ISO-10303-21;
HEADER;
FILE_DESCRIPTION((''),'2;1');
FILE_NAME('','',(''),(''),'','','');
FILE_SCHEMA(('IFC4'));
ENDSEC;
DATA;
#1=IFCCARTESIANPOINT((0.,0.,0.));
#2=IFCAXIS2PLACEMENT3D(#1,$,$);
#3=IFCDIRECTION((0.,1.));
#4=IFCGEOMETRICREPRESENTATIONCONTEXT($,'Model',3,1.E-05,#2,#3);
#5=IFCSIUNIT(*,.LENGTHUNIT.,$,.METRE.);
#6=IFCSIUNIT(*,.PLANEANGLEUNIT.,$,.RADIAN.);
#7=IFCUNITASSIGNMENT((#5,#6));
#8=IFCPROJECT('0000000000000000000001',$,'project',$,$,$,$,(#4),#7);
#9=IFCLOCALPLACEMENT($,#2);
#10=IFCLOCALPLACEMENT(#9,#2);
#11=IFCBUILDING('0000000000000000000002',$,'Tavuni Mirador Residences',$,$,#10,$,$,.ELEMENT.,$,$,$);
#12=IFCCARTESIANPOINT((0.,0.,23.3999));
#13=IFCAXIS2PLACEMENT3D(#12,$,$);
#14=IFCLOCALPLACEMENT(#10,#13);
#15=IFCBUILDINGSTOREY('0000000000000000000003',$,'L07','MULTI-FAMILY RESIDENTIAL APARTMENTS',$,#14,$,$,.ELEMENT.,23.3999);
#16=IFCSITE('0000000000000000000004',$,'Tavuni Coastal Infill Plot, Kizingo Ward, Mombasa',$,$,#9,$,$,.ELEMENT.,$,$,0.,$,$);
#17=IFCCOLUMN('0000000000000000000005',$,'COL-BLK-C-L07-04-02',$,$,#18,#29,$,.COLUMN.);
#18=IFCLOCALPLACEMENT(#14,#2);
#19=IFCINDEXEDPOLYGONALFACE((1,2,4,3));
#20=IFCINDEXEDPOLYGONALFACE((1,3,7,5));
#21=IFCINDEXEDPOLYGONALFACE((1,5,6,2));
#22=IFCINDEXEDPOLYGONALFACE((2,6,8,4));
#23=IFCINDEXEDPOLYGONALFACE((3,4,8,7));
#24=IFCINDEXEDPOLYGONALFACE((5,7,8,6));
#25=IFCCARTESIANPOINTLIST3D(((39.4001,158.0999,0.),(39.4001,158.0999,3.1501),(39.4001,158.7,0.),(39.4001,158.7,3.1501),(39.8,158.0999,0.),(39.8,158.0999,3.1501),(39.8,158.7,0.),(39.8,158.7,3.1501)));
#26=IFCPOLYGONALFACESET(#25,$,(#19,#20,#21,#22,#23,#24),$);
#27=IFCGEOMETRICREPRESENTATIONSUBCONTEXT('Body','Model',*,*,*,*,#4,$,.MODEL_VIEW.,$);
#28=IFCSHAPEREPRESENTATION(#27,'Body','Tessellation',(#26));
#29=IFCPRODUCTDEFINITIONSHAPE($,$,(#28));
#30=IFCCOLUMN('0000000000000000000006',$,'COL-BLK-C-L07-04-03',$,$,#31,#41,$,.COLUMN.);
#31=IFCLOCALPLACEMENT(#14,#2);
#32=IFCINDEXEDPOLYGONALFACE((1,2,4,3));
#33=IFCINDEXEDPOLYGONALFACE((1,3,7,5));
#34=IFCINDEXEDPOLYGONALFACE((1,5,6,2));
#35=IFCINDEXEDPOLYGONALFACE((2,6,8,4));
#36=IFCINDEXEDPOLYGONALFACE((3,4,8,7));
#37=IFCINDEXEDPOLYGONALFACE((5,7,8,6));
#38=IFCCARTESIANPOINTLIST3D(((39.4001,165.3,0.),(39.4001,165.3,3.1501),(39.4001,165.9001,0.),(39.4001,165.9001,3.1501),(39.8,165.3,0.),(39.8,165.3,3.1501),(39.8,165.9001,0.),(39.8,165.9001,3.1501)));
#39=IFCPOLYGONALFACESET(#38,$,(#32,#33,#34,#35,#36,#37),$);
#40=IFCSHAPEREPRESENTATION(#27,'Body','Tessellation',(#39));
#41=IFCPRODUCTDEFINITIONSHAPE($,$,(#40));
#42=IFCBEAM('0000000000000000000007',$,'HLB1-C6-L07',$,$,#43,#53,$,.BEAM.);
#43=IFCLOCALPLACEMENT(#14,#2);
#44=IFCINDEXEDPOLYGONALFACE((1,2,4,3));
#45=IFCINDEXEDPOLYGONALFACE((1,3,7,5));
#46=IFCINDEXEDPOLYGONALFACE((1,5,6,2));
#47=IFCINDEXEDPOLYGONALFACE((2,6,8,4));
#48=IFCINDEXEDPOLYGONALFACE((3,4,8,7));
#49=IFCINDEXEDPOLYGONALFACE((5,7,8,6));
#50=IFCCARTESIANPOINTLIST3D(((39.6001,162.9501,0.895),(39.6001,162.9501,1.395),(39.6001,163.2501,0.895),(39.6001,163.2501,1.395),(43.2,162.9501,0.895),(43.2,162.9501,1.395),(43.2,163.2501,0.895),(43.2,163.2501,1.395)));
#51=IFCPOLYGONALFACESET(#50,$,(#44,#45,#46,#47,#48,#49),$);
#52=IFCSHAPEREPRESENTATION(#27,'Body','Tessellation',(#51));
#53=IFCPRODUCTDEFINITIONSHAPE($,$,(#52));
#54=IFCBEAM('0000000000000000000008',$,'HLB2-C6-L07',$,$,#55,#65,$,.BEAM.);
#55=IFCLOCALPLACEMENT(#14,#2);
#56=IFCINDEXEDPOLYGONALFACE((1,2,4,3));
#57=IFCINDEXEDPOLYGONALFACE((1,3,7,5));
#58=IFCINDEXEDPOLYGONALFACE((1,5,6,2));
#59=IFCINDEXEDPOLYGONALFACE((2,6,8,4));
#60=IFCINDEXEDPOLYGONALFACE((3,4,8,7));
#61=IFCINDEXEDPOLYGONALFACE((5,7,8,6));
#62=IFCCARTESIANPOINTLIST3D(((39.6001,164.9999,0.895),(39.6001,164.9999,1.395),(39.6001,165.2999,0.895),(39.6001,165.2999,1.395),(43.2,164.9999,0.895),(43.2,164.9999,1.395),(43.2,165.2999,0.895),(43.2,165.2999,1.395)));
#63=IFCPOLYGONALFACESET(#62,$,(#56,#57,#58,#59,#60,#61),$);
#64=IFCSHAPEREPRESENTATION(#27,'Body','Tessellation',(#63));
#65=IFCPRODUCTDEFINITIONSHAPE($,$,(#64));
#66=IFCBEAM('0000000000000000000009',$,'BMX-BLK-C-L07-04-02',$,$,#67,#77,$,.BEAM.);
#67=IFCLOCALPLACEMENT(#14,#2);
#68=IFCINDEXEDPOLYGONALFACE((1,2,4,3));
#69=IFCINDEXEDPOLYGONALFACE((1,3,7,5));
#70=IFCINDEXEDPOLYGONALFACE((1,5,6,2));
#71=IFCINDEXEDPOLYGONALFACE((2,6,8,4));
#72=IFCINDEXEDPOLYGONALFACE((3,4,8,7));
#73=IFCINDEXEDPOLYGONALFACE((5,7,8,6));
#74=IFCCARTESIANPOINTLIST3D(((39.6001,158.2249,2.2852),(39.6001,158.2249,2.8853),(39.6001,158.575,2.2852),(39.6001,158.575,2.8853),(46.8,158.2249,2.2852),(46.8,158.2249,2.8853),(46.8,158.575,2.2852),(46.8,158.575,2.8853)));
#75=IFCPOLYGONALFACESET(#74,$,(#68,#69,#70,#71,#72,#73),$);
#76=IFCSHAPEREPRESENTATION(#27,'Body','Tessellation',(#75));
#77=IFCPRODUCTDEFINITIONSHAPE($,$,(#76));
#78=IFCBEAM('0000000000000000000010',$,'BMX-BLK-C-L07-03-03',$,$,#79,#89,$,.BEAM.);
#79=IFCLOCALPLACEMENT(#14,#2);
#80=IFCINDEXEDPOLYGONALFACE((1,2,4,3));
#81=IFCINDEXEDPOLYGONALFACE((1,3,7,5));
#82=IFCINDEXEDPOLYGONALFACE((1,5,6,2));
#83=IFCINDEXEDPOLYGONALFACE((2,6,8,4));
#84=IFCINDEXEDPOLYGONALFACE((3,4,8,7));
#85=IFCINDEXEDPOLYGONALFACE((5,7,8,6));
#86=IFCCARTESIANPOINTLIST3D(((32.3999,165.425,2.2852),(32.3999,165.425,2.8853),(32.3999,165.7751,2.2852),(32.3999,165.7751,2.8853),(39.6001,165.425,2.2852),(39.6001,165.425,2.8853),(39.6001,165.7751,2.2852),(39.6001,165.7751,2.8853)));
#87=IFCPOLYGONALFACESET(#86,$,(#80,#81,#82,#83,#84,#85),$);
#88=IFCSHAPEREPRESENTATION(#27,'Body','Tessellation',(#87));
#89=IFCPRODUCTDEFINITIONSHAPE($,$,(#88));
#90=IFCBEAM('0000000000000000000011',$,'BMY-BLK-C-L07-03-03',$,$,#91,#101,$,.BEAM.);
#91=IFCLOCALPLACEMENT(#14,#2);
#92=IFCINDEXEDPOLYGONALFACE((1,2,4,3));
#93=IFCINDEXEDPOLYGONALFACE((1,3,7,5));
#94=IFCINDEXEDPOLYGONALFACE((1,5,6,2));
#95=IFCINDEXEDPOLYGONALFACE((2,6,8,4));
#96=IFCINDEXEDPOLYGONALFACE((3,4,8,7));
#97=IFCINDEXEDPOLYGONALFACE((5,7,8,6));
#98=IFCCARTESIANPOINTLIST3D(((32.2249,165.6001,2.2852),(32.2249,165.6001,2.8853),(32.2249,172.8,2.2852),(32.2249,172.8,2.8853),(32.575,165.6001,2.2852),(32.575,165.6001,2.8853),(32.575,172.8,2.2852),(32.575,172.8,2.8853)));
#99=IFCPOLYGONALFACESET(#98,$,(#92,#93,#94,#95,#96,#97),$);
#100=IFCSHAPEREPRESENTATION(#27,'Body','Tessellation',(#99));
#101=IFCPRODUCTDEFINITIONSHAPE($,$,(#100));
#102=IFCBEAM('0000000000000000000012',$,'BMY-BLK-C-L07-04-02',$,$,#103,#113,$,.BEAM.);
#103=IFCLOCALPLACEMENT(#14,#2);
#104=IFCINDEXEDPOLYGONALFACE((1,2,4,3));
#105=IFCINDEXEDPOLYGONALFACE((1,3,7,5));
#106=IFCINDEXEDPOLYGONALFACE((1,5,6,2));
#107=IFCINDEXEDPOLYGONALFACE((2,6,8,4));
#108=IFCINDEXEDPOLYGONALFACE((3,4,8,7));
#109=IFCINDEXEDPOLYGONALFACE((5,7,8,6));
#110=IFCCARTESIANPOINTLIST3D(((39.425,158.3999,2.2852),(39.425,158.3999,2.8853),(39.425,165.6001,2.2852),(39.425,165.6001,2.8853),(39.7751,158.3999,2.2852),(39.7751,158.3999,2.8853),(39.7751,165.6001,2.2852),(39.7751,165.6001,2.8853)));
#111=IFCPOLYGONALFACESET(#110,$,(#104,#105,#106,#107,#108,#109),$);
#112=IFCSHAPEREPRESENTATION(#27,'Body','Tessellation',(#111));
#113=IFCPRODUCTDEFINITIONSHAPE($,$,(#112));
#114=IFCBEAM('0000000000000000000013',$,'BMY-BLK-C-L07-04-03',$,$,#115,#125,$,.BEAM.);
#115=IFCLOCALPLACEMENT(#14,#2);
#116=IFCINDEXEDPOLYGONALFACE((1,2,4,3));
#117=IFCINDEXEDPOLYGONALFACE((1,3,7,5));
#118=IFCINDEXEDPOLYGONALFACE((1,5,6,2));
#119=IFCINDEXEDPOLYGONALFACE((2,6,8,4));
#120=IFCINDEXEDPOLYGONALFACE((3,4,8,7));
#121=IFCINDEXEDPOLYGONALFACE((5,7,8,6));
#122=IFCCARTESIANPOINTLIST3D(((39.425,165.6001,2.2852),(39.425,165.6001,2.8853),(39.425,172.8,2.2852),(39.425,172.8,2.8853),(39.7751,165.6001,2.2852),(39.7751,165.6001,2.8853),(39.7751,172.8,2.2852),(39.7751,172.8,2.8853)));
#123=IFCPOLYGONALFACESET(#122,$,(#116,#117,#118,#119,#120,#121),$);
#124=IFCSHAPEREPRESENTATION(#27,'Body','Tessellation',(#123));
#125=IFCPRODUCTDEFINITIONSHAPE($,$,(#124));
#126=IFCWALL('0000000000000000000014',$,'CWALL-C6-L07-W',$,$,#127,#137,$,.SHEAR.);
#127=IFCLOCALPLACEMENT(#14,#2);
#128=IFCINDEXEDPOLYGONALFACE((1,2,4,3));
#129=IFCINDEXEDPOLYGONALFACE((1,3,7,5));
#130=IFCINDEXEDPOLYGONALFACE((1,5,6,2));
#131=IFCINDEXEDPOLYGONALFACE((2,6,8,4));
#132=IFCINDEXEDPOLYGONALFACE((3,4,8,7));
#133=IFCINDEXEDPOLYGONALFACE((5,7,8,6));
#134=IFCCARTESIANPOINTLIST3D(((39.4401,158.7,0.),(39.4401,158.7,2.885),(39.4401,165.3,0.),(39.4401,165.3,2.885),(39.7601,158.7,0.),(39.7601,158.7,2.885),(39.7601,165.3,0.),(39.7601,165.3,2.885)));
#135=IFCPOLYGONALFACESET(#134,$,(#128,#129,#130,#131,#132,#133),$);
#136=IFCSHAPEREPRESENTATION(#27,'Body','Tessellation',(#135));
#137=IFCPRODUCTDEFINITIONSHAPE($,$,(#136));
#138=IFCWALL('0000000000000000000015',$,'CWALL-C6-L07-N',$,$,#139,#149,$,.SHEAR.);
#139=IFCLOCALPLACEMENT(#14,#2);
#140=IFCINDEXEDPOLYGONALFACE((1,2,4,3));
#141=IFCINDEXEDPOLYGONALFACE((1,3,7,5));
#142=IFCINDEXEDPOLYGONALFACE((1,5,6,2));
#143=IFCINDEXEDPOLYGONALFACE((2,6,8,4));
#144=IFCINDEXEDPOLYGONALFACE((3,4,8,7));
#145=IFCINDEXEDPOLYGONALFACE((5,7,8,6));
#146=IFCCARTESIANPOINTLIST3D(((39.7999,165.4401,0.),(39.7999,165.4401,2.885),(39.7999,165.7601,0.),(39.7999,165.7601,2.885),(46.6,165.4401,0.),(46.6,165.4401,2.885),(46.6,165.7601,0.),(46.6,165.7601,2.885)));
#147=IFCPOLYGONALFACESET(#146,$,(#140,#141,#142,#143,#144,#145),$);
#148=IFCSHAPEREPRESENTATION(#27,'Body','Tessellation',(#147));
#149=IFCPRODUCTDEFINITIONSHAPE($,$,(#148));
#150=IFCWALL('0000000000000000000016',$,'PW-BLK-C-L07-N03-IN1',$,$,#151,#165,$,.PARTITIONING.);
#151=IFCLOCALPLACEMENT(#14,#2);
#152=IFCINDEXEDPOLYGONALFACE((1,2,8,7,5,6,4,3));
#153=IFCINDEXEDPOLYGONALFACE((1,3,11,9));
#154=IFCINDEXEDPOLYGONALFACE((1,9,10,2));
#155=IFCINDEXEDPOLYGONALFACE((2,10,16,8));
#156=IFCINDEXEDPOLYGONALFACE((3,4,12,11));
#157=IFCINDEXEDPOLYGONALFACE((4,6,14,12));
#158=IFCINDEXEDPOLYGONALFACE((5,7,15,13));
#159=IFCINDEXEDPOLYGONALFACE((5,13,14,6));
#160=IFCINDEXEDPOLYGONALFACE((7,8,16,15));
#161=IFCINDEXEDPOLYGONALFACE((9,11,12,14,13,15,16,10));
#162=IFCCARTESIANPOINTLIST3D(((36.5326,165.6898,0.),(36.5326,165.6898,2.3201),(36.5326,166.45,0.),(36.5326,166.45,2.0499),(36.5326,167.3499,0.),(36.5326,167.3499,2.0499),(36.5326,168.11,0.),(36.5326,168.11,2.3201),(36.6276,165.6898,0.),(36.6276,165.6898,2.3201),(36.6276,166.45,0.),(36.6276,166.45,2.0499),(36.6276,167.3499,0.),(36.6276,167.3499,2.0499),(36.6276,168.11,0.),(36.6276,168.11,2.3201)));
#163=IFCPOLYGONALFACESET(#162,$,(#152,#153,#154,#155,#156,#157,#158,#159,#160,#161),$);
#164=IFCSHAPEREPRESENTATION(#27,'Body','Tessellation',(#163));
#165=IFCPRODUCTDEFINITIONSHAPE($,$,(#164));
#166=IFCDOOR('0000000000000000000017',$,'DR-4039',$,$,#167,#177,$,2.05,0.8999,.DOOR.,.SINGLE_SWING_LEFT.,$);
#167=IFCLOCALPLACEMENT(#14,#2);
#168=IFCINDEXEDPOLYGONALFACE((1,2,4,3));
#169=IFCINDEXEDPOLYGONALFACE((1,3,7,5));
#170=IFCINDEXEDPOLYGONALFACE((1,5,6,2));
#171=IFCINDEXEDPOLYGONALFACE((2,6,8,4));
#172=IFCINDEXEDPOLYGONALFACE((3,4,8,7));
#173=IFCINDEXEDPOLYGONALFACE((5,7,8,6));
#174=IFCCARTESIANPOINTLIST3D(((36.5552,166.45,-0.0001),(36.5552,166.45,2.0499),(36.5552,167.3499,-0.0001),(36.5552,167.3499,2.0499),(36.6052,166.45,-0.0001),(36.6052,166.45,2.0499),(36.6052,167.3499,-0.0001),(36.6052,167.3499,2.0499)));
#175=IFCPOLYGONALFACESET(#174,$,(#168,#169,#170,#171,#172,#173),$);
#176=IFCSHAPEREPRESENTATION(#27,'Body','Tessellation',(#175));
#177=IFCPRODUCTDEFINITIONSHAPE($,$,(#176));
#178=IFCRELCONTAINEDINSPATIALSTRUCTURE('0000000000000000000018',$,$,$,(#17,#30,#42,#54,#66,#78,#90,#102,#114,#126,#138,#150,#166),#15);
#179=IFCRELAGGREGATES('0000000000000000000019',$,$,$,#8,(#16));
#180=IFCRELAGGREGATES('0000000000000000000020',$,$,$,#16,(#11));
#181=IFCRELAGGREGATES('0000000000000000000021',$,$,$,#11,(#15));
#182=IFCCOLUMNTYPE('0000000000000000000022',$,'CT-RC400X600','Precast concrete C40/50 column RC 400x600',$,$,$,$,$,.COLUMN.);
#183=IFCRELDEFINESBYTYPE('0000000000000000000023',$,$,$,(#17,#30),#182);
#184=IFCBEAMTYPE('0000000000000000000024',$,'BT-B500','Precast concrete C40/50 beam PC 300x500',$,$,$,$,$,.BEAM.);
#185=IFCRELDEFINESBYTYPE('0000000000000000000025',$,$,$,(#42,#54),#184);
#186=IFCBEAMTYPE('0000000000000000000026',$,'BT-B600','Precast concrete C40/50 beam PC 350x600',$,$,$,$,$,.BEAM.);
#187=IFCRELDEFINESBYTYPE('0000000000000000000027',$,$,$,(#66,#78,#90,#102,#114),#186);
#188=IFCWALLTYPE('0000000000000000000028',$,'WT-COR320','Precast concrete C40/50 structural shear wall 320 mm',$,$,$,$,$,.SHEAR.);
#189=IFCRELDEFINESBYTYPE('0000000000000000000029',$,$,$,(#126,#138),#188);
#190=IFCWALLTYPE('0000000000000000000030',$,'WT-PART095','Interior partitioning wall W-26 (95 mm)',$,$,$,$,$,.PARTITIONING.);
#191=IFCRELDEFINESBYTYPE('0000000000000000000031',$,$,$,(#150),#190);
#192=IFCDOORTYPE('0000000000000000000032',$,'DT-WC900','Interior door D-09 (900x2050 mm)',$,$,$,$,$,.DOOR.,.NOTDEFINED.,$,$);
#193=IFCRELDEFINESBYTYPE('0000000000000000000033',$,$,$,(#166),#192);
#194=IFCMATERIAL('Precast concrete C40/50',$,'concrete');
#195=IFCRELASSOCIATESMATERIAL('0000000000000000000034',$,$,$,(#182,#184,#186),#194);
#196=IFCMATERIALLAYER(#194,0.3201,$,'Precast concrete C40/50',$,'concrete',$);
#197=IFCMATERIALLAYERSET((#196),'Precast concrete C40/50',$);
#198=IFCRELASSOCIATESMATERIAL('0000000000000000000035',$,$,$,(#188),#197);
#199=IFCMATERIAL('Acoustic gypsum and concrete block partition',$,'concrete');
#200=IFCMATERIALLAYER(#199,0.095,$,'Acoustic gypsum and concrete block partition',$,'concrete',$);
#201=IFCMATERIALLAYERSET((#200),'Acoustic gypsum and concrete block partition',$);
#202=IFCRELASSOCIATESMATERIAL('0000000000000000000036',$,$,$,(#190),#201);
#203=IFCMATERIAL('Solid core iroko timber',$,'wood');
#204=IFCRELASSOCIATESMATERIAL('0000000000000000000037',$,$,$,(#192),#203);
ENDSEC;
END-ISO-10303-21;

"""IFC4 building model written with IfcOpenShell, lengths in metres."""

from ifc_helpers import new_model, si_unit, direction, frame, frame_2d, origin, origin_2d, place, context, subcontext, project, spatial, rectangle, extrude, material, layer, layer_set, material_profile, profile_set, type_object, element, fill, save


model = new_model("IFC4")

# Units and contexts
model_context = context("Model", 3, precision=1e-05, world=origin(), true_north=direction((0.0, 1.0)))
body_context = subcontext(model_context, "Body", "Model", "MODEL_VIEW")
ifc_project = project(units=[si_unit("LENGTHUNIT", "METRE"), si_unit("PLANEANGLEUNIT", "RADIAN")], contexts=[model_context])

# Site, building, storey
site_placement = place(None, origin())
site = spatial("IfcSite", under=ifc_project, at=site_placement, Name="Tavuni Coastal Infill Plot, Kizingo Ward, Mombasa", CompositionType="ELEMENT", RefElevation=0.0)
building_placement = place(site_placement, origin())
building = spatial("IfcBuilding", under=site, at=building_placement, Name="Tavuni Mirador Residences", CompositionType="ELEMENT")
storey_placement = place(building_placement, frame((0.0, 0.0, 23.3999)))
storey = spatial("IfcBuildingStorey", under=building, at=storey_placement, Name="L07", Description="MULTI-FAMILY RESIDENTIAL APARTMENTS", CompositionType="ELEMENT", Elevation=23.3999)

# Columns
ifc_material_1 = material(Name="Precast concrete C40/50", Category="concrete")
ifc_material_profile_1 = material_profile(ifc_material_1, rectangle(XDim=0.3999, YDim=0.6001, at=origin_2d()), Name="RC 400x600", Category="concrete")
ifc_profile_set_1 = profile_set([ifc_material_profile_1], Name="Precast concrete C40/50")
column_type = type_object("IfcColumnType", Name="CT-RC400X600", Description="Precast concrete C40/50 column RC 400x600", PredefinedType="COLUMN", material=ifc_profile_set_1)
for number, where, z_axis, x_axis, name in (
    (1, (39.6001, 158.3999, 0.0), (0.0, 0.0, 1.0), (1.0, 0.0, 0.0), "COL-BLK-C-L07-04-02"),
    (2, (39.6001, 165.6001, 0.0), (0.0, 0.0, 1.0), (1.0, 0.0, 0.0), "COL-BLK-C-L07-04-03"),
):
    element("IfcColumn", number, at=place(storey_placement, frame(where, z_axis=z_axis, x_axis=x_axis)), inside=storey, type_object=column_type, Name=name, PredefinedType="COLUMN", context=body_context, shape_type="SweptSolid", body=[
        extrude(rectangle(XDim=0.3999, YDim=0.6001, at=origin_2d()), origin(), (0.0, 0.0, 1.0), 3.1501),
    ])

# Beams
ifc_material_profile_2 = material_profile(ifc_material_1, rectangle(XDim=0.3, YDim=0.5, at=origin_2d()), Name="PC 300x500", Category="concrete")
ifc_profile_set_2 = profile_set([ifc_material_profile_2], Name="Precast concrete C40/50")
beam_type_1 = type_object("IfcBeamType", Name="BT-B500", Description="Precast concrete C40/50 beam PC 300x500", PredefinedType="BEAM", material=ifc_profile_set_2)
for number, where, z_axis, x_axis, name in (
    (3, (39.6001, 163.1001, 1.145), (1.0, 0.0, 0.0), (0.0, 1.0, 0.0), "HLB1-C6-L07"),
    (4, (39.6001, 165.1499, 1.145), (1.0, 0.0, 0.0), (0.0, 1.0, 0.0), "HLB2-C6-L07"),
):
    element("IfcBeam", number, at=place(storey_placement, frame(where, z_axis=z_axis, x_axis=x_axis)), inside=storey, type_object=beam_type_1, Name=name, PredefinedType="BEAM", context=body_context, shape_type="SweptSolid", body=[
        extrude(rectangle(XDim=0.3, YDim=0.5, at=origin_2d()), origin(), (0.0, 0.0, 1.0), 3.5999),
    ])
ifc_material_profile_3 = material_profile(ifc_material_1, rectangle(XDim=0.3501, YDim=0.6001, at=origin_2d()), Name="PC 350x600", Category="concrete")
ifc_profile_set_3 = profile_set([ifc_material_profile_3], Name="Precast concrete C40/50")
beam_type_2 = type_object("IfcBeamType", Name="BT-B600", Description="Precast concrete C40/50 beam PC 350x600", PredefinedType="BEAM", material=ifc_profile_set_3)
beam_1_placement = place(storey_placement, frame((39.6001, 158.3999, 2.5852), z_axis=(1.0, 0.0, 0.0), x_axis=(0.0, 1.0, 0.0)))
element("IfcBeam", 5, at=beam_1_placement, inside=storey, type_object=beam_type_2, Name="BMX-BLK-C-L07-04-02", PredefinedType="BEAM", context=body_context, shape_type="SweptSolid", body=[
    extrude(rectangle(XDim=0.3501, YDim=0.6001, at=origin_2d()), origin(), (0.0, 0.0, 1.0), 7.2),
])
beam_2_placement = place(storey_placement, frame((32.3999, 165.6001, 2.5852), z_axis=(1.0, 0.0, 0.0), x_axis=(0.0, 1.0, 0.0)))
element("IfcBeam", 6, at=beam_2_placement, inside=storey, type_object=beam_type_2, Name="BMX-BLK-C-L07-03-03", PredefinedType="BEAM", context=body_context, shape_type="SweptSolid", body=[
    extrude(rectangle(XDim=0.3501, YDim=0.6001, at=origin_2d()), origin(), (0.0, 0.0, 1.0), 7.2002),
])
beam_3_placement = place(storey_placement, frame((32.3999, 165.6001, 2.5852), z_axis=(0.0, 1.0, 0.0), x_axis=(-1.0, 0.0, 0.0)))
element("IfcBeam", 7, at=beam_3_placement, inside=storey, type_object=beam_type_2, Name="BMY-BLK-C-L07-03-03", PredefinedType="BEAM", context=body_context, shape_type="SweptSolid", body=[
    extrude(rectangle(XDim=0.3501, YDim=0.6001, at=origin_2d()), origin(), (0.0, 0.0, 1.0), 7.2),
])
beam_4_placement = place(storey_placement, frame((39.6001, 158.3999, 2.5852), z_axis=(0.0, 1.0, 0.0), x_axis=(-1.0, 0.0, 0.0)))
element("IfcBeam", 8, at=beam_4_placement, inside=storey, type_object=beam_type_2, Name="BMY-BLK-C-L07-04-02", PredefinedType="BEAM", context=body_context, shape_type="SweptSolid", body=[
    extrude(rectangle(XDim=0.3501, YDim=0.6001, at=origin_2d()), origin(), (0.0, 0.0, 1.0), 7.2002),
])
beam_5_placement = place(storey_placement, frame((39.6001, 165.6001, 2.5852), z_axis=(0.0, 1.0, 0.0), x_axis=(-1.0, 0.0, 0.0)))
element("IfcBeam", 9, at=beam_5_placement, inside=storey, type_object=beam_type_2, Name="BMY-BLK-C-L07-04-03", PredefinedType="BEAM", context=body_context, shape_type="SweptSolid", body=[
    extrude(rectangle(XDim=0.3501, YDim=0.6001, at=origin_2d()), origin(), (0.0, 0.0, 1.0), 7.2),
])

# Walls
ifc_layer_1 = layer(ifc_material_1, 0.3201, Name="Precast concrete C40/50", Category="concrete")
ifc_layer_set_1 = layer_set([ifc_layer_1], Name="Precast concrete C40/50")
wall_type_1 = type_object("IfcWallType", Name="WT-COR320", Description="Precast concrete C40/50 structural shear wall 320 mm", PredefinedType="SHEAR", material=ifc_layer_set_1)
wall_1_placement = place(storey_placement, frame((39.6001, 158.7, 0.0), z_axis=(0.0, 0.0, 1.0), x_axis=(0.0, 1.0, 0.0)))
element("IfcWall", 10, at=wall_1_placement, inside=storey, type_object=wall_type_1, Name="CWALL-C6-L07-W", PredefinedType="SHEAR", context=body_context, shape_type="SweptSolid", body=[
    extrude(rectangle(XDim=6.6001, YDim=0.3201, at=frame_2d((3.3, 0.0))), origin(), (0.0, 0.0, 1.0), 2.885),
])
wall_2_placement = place(storey_placement, frame((39.8, 165.6001, 0.0), z_axis=(0.0, 0.0, 1.0), x_axis=(1.0, 0.0, 0.0)))
element("IfcWall", 11, at=wall_2_placement, inside=storey, type_object=wall_type_1, Name="CWALL-C6-L07-N", PredefinedType="SHEAR", context=body_context, shape_type="SweptSolid", body=[
    extrude(rectangle(XDim=6.8, YDim=0.3201, at=frame_2d((3.3999, 0.0))), origin(), (0.0, 0.0, 1.0), 2.885),
])

# Wall, opening, door
ifc_material_2 = material(Name="Solid core iroko timber", Category="wood")
ifc_material_3 = material(Name="Acoustic gypsum and concrete block partition", Category="concrete")
ifc_layer_2 = layer(ifc_material_3, 0.095, Name="Acoustic gypsum and concrete block partition", Category="concrete")
ifc_layer_set_2 = layer_set([ifc_layer_2], Name="Acoustic gypsum and concrete block partition")
wall_type_2 = type_object("IfcWallType", Name="WT-PART095", Description="Interior partitioning wall W-26 (95 mm)", PredefinedType="PARTITIONING", material=ifc_layer_set_2)
wall_3_placement = place(storey_placement, frame((36.5801, 165.6899, 0.0), z_axis=(0.0, 0.0, 1.0), x_axis=(0.0, 1.0, 0.0)))
wall_3 = element("IfcWall", 12, at=wall_3_placement, inside=storey, type_object=wall_type_2, Name="PW-BLK-C-L07-N03-IN1", PredefinedType="PARTITIONING", context=body_context, shape_type="SweptSolid", body=[
    extrude(rectangle(XDim=2.4202, YDim=0.095, at=frame_2d((1.21, 0.0))), origin(), (0.0, 0.0, 1.0), 2.3201),
])
opening_1_placement = place(wall_3_placement, frame((0.76, 0.0, 0.0)))
opening_1 = element("IfcOpeningElement", 13, at=opening_1_placement, cuts=wall_3, PredefinedType="OPENING", context=body_context, shape_type="SweptSolid", body=[
    extrude(rectangle(XDim=0.8999, YDim=2.05, at=frame_2d((0.45, 1.0249))), frame((0.0, 0.0576, 0.0), z_axis=(0.0, -1.0, 0.0), x_axis=(1.0, 0.0, 0.0)), (0.0, 0.0, 1.0), 0.115),
])
door_type_1 = type_object("IfcDoorType", Name="DT-WC900", Description="Interior door D-09 (900x2050 mm)", OperationType="NOTDEFINED", PredefinedType="DOOR", material=ifc_material_2)
door_1_placement = place(opening_1_placement, origin())
door_1 = element("IfcDoor", 14, at=door_1_placement, inside=storey, type_object=door_type_1, Name="DR-4039", OperationType="SINGLE_SWING_LEFT", OverallHeight=2.05, OverallWidth=0.8999, PredefinedType="DOOR", context=body_context, shape_type="SweptSolid", body=[
    extrude(rectangle(XDim=0.8999, YDim=2.05, at=frame_2d((0.45, 1.0249))), frame((0.0, 0.0249, 0.0), z_axis=(0.0, -1.0, 0.0), x_axis=(1.0, 0.0, 0.0)), (0.0, 0.0, 1.0), 0.05),
])
fill(opening_1, door_1)

save(model, "model.ifc")
